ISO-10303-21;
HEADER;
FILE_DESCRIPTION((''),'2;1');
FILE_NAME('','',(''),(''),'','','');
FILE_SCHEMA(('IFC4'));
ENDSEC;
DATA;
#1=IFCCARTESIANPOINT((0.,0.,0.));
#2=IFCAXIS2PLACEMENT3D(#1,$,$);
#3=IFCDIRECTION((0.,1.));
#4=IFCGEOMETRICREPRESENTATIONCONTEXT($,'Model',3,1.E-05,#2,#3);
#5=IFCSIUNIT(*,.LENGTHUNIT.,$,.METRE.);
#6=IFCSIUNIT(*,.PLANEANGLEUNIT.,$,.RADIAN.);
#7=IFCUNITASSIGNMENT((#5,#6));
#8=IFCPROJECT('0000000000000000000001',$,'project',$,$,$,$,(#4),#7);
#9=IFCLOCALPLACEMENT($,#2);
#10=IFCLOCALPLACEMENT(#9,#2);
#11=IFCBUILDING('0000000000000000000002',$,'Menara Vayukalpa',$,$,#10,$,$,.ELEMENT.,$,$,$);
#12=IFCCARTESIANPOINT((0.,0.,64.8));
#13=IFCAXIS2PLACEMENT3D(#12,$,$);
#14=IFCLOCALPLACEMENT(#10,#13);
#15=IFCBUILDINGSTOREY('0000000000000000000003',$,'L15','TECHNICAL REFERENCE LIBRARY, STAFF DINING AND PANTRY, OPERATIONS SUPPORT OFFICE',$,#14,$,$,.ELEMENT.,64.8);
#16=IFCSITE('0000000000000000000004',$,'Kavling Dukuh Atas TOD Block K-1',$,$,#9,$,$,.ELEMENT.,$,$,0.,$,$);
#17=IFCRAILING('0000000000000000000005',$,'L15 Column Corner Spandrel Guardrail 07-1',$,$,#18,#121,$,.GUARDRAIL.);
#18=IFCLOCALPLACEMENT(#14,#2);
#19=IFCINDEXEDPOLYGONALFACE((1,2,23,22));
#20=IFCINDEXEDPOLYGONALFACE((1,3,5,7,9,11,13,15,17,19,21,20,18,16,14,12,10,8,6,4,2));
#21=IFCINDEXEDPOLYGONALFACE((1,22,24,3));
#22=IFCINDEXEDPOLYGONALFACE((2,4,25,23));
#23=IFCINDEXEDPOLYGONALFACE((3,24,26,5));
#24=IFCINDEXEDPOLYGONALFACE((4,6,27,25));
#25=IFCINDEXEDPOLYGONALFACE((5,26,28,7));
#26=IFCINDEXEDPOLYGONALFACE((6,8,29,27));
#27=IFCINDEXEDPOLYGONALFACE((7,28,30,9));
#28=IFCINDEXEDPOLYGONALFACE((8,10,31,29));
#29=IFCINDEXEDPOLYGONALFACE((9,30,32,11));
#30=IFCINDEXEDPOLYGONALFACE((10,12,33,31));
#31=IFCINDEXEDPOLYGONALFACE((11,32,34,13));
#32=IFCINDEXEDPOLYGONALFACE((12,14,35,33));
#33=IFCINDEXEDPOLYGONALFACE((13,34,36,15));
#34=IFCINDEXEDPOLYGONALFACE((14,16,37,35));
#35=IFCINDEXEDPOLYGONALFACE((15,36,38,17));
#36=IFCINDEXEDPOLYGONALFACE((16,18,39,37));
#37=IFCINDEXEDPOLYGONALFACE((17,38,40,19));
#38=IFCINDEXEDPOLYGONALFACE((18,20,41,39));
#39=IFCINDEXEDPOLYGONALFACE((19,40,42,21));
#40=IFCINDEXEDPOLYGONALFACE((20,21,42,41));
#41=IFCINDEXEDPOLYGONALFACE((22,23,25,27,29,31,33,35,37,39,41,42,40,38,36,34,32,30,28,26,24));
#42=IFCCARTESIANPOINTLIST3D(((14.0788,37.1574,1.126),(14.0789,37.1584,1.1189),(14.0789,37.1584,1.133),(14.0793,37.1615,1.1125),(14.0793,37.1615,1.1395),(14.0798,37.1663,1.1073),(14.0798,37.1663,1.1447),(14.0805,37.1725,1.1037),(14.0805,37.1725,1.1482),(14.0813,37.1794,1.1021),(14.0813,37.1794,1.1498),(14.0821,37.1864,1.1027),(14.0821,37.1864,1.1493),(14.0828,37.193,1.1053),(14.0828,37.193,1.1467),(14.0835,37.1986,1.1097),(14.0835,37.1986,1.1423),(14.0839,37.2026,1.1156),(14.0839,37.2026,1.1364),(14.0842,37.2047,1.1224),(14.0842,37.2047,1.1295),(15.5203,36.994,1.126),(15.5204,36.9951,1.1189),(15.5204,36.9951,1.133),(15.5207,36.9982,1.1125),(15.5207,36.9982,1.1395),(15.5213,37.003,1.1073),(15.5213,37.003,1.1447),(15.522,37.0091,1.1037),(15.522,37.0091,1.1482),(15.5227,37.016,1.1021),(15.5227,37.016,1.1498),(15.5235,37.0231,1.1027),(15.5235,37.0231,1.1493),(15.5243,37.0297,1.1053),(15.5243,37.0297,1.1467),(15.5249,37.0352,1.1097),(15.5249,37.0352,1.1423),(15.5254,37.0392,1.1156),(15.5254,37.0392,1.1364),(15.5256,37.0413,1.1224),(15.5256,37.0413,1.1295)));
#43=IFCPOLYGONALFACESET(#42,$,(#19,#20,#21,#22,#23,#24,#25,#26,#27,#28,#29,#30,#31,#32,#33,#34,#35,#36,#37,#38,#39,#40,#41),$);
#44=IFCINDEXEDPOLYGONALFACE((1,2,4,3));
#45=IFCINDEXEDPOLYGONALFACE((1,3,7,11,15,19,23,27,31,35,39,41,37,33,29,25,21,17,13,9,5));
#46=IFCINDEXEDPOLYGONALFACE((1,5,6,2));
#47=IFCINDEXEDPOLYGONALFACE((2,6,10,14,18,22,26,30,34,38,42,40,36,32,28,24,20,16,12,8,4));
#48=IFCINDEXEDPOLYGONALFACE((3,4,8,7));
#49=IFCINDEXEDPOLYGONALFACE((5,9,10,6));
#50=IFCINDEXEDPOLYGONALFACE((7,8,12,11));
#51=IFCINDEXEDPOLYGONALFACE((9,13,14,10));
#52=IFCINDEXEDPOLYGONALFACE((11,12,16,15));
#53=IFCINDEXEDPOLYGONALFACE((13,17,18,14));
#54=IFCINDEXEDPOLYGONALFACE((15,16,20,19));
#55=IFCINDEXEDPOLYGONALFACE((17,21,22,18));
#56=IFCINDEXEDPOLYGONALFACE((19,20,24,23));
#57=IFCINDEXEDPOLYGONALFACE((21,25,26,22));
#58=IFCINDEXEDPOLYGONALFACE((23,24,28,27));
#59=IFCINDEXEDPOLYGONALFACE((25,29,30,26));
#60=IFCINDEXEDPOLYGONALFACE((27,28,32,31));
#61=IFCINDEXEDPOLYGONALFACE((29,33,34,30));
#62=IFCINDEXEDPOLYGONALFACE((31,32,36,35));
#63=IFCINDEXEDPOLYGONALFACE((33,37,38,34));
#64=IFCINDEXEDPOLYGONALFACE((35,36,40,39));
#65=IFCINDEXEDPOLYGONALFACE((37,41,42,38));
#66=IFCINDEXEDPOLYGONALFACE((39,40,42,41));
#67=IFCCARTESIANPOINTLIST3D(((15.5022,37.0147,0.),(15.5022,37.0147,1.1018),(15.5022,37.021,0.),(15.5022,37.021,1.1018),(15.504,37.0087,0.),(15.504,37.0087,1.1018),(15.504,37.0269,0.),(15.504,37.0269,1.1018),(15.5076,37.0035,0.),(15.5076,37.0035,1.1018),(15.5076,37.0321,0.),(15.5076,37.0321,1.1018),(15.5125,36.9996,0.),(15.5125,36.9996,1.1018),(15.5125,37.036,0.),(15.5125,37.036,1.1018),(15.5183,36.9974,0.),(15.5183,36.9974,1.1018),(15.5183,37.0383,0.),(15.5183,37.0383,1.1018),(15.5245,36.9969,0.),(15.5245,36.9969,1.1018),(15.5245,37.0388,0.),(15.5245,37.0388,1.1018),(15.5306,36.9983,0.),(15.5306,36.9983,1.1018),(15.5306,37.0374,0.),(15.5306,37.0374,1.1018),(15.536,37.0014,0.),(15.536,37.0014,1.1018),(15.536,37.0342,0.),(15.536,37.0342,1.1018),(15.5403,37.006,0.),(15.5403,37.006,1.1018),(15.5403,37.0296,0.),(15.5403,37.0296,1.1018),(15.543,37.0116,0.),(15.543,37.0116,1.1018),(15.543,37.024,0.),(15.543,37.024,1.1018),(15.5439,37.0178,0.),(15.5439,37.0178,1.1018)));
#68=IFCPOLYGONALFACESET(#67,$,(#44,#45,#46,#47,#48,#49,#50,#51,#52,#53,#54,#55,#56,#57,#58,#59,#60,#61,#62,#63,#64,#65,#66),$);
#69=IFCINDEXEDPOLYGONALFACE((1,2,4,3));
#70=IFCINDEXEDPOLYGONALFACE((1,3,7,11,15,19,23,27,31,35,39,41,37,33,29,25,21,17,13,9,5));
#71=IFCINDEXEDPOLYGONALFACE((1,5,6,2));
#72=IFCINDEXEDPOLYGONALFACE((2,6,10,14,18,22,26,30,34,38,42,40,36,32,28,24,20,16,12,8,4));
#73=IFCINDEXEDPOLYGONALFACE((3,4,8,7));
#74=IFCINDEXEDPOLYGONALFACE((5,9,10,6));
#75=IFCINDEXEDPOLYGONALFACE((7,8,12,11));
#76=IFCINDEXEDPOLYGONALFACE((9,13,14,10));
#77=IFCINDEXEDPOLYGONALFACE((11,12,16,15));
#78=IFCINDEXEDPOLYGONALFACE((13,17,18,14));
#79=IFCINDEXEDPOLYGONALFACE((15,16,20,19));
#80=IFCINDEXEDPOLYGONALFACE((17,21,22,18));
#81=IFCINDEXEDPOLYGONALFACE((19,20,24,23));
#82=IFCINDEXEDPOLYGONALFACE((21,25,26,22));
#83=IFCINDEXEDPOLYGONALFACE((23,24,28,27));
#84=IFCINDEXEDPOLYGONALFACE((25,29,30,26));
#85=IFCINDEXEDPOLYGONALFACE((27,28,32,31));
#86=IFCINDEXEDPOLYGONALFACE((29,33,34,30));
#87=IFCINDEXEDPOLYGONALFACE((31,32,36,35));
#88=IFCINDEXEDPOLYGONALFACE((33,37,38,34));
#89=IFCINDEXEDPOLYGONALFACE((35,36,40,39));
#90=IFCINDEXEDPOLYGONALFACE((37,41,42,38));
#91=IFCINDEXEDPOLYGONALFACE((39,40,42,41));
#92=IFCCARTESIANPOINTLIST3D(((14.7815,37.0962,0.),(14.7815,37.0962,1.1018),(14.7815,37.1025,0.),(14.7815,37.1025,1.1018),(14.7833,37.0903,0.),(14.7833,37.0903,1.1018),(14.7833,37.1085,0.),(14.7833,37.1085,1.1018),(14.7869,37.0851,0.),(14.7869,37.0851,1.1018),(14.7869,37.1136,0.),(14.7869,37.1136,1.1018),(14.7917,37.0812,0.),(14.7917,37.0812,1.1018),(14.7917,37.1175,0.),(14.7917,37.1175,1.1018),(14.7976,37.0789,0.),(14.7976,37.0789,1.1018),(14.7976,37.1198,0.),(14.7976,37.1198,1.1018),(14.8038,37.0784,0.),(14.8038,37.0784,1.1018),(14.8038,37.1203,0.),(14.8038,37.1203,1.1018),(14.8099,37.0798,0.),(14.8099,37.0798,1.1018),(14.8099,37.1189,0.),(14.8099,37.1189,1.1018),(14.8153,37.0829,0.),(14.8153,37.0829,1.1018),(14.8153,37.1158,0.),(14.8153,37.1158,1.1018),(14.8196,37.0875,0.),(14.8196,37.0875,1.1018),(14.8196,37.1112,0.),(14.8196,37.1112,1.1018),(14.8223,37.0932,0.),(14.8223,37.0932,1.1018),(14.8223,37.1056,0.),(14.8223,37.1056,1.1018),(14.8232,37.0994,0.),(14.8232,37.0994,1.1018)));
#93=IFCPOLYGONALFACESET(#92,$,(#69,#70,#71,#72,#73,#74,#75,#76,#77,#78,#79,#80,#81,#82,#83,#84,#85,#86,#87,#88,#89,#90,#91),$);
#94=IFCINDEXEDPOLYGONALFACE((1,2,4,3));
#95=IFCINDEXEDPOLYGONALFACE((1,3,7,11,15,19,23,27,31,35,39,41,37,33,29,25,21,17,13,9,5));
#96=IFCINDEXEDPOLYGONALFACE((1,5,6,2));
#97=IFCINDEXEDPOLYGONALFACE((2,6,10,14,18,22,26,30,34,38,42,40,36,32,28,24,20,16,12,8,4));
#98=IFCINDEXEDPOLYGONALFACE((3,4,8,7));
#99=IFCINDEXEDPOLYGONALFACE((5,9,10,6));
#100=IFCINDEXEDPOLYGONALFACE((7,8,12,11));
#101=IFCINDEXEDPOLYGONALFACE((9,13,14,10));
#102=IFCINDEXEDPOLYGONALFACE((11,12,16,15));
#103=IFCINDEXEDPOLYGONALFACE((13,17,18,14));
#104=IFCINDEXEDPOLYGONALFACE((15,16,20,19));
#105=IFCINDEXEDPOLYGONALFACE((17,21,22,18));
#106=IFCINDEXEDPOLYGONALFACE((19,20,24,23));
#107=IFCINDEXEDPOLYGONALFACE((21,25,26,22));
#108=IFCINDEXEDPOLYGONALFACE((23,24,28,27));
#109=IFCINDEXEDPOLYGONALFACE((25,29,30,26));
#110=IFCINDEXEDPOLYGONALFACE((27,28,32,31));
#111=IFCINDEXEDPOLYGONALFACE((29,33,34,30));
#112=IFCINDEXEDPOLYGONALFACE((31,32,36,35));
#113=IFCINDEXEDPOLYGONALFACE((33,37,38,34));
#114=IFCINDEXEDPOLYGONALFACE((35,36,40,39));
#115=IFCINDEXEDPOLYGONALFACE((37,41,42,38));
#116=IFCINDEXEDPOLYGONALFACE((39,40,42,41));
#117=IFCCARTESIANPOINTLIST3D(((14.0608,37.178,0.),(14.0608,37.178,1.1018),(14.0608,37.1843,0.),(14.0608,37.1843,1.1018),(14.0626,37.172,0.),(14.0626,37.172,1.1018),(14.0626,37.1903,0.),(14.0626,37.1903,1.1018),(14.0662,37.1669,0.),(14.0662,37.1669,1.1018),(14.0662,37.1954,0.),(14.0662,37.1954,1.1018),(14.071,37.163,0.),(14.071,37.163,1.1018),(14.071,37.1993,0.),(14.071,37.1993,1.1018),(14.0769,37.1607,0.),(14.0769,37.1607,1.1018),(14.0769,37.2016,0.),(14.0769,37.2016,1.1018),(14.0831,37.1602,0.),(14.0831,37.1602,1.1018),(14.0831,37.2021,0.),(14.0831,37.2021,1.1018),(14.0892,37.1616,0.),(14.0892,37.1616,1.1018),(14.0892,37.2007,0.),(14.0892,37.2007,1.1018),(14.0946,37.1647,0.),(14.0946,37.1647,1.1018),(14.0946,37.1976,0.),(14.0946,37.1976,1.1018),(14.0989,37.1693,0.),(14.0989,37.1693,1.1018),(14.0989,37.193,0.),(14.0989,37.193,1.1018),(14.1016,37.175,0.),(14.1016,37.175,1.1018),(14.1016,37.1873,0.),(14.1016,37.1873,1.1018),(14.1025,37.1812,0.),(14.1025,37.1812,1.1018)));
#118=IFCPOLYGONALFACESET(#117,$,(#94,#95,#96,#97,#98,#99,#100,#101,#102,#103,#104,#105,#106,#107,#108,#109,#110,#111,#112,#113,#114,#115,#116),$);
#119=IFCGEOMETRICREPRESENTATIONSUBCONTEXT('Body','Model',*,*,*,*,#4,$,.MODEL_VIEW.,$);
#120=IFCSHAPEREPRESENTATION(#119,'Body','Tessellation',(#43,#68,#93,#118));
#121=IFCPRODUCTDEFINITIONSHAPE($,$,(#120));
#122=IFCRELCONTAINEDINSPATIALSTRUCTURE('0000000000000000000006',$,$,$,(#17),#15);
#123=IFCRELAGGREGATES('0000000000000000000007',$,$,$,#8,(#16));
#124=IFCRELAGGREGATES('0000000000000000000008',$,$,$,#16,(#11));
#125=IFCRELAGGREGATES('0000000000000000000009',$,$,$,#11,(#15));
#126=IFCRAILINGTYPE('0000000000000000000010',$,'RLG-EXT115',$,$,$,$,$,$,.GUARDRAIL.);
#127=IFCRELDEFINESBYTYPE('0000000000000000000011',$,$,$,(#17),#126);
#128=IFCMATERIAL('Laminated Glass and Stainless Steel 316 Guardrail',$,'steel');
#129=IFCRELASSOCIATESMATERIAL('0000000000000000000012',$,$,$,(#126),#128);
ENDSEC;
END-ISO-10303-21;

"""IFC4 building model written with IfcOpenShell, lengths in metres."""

from ifc_helpers import new_model, si_unit, direction, frame, origin, origin_2d, place, context, subcontext, project, spatial, circle, extrude, material, type_object, element, save


model = new_model("IFC4")

# Units and contexts
model_context = context("Model", 3, precision=1e-05, world=origin(), true_north=direction((0.0, 1.0)))
body_context = subcontext(model_context, "Body", "Model", "MODEL_VIEW")
ifc_project = project(units=[si_unit("LENGTHUNIT", "METRE"), si_unit("PLANEANGLEUNIT", "RADIAN")], contexts=[model_context])

# Site, building, storey
site_placement = place(None, origin())
site = spatial("IfcSite", under=ifc_project, at=site_placement, Name="Kavling Dukuh Atas TOD Block K-1", CompositionType="ELEMENT", RefElevation=0.0)
building_placement = place(site_placement, origin())
building = spatial("IfcBuilding", under=site, at=building_placement, Name="Menara Vayukalpa", CompositionType="ELEMENT")
storey_placement = place(building_placement, frame((0.0, 0.0, 64.8)))
storey = spatial("IfcBuildingStorey", under=building, at=storey_placement, Name="L15", Description="TECHNICAL REFERENCE LIBRARY, STAFF DINING AND PANTRY, OPERATIONS SUPPORT OFFICE", CompositionType="ELEMENT", Elevation=64.8)

# Railing
ifc_material_1 = material(Name="Laminated Glass and Stainless Steel 316 Guardrail", Category="steel")
railing_type = type_object("IfcRailingType", Name="RLG-EXT115", PredefinedType="GUARDRAIL", material=ifc_material_1)
railing_1_placement = place(storey_placement, frame((15.5229, 37.0178, 0.0)))
element("IfcRailing", 1, at=railing_1_placement, inside=storey, type_object=railing_type, Name="L15 Column Corner Spandrel Guardrail 07-1", PredefinedType="GUARDRAIL", context=body_context, shape_type="SweptSolid", body=[
    extrude(circle(Radius=0.0239, at=origin_2d()), frame((0.0, 0.0, 1.126), z_axis=(-0.993641, 0.112592, 0.0), x_axis=(-0.112592, -0.993641, 0.0)), (0.0, 0.0, 1.0), 1.4507),
    extrude(circle(Radius=0.021, at=origin_2d()), origin(), (0.0, 0.0, 1.0), 1.1018),
    extrude(circle(Radius=0.021, at=origin_2d()), frame((-0.7207, 0.0815, 0.0)), (0.0, 0.0, 1.0), 1.1018),
    extrude(circle(Radius=0.021, at=origin_2d()), frame((-1.4414, 0.1633, 0.0)), (0.0, 0.0, 1.0), 1.1018),
])

save(model, "model.ifc")
